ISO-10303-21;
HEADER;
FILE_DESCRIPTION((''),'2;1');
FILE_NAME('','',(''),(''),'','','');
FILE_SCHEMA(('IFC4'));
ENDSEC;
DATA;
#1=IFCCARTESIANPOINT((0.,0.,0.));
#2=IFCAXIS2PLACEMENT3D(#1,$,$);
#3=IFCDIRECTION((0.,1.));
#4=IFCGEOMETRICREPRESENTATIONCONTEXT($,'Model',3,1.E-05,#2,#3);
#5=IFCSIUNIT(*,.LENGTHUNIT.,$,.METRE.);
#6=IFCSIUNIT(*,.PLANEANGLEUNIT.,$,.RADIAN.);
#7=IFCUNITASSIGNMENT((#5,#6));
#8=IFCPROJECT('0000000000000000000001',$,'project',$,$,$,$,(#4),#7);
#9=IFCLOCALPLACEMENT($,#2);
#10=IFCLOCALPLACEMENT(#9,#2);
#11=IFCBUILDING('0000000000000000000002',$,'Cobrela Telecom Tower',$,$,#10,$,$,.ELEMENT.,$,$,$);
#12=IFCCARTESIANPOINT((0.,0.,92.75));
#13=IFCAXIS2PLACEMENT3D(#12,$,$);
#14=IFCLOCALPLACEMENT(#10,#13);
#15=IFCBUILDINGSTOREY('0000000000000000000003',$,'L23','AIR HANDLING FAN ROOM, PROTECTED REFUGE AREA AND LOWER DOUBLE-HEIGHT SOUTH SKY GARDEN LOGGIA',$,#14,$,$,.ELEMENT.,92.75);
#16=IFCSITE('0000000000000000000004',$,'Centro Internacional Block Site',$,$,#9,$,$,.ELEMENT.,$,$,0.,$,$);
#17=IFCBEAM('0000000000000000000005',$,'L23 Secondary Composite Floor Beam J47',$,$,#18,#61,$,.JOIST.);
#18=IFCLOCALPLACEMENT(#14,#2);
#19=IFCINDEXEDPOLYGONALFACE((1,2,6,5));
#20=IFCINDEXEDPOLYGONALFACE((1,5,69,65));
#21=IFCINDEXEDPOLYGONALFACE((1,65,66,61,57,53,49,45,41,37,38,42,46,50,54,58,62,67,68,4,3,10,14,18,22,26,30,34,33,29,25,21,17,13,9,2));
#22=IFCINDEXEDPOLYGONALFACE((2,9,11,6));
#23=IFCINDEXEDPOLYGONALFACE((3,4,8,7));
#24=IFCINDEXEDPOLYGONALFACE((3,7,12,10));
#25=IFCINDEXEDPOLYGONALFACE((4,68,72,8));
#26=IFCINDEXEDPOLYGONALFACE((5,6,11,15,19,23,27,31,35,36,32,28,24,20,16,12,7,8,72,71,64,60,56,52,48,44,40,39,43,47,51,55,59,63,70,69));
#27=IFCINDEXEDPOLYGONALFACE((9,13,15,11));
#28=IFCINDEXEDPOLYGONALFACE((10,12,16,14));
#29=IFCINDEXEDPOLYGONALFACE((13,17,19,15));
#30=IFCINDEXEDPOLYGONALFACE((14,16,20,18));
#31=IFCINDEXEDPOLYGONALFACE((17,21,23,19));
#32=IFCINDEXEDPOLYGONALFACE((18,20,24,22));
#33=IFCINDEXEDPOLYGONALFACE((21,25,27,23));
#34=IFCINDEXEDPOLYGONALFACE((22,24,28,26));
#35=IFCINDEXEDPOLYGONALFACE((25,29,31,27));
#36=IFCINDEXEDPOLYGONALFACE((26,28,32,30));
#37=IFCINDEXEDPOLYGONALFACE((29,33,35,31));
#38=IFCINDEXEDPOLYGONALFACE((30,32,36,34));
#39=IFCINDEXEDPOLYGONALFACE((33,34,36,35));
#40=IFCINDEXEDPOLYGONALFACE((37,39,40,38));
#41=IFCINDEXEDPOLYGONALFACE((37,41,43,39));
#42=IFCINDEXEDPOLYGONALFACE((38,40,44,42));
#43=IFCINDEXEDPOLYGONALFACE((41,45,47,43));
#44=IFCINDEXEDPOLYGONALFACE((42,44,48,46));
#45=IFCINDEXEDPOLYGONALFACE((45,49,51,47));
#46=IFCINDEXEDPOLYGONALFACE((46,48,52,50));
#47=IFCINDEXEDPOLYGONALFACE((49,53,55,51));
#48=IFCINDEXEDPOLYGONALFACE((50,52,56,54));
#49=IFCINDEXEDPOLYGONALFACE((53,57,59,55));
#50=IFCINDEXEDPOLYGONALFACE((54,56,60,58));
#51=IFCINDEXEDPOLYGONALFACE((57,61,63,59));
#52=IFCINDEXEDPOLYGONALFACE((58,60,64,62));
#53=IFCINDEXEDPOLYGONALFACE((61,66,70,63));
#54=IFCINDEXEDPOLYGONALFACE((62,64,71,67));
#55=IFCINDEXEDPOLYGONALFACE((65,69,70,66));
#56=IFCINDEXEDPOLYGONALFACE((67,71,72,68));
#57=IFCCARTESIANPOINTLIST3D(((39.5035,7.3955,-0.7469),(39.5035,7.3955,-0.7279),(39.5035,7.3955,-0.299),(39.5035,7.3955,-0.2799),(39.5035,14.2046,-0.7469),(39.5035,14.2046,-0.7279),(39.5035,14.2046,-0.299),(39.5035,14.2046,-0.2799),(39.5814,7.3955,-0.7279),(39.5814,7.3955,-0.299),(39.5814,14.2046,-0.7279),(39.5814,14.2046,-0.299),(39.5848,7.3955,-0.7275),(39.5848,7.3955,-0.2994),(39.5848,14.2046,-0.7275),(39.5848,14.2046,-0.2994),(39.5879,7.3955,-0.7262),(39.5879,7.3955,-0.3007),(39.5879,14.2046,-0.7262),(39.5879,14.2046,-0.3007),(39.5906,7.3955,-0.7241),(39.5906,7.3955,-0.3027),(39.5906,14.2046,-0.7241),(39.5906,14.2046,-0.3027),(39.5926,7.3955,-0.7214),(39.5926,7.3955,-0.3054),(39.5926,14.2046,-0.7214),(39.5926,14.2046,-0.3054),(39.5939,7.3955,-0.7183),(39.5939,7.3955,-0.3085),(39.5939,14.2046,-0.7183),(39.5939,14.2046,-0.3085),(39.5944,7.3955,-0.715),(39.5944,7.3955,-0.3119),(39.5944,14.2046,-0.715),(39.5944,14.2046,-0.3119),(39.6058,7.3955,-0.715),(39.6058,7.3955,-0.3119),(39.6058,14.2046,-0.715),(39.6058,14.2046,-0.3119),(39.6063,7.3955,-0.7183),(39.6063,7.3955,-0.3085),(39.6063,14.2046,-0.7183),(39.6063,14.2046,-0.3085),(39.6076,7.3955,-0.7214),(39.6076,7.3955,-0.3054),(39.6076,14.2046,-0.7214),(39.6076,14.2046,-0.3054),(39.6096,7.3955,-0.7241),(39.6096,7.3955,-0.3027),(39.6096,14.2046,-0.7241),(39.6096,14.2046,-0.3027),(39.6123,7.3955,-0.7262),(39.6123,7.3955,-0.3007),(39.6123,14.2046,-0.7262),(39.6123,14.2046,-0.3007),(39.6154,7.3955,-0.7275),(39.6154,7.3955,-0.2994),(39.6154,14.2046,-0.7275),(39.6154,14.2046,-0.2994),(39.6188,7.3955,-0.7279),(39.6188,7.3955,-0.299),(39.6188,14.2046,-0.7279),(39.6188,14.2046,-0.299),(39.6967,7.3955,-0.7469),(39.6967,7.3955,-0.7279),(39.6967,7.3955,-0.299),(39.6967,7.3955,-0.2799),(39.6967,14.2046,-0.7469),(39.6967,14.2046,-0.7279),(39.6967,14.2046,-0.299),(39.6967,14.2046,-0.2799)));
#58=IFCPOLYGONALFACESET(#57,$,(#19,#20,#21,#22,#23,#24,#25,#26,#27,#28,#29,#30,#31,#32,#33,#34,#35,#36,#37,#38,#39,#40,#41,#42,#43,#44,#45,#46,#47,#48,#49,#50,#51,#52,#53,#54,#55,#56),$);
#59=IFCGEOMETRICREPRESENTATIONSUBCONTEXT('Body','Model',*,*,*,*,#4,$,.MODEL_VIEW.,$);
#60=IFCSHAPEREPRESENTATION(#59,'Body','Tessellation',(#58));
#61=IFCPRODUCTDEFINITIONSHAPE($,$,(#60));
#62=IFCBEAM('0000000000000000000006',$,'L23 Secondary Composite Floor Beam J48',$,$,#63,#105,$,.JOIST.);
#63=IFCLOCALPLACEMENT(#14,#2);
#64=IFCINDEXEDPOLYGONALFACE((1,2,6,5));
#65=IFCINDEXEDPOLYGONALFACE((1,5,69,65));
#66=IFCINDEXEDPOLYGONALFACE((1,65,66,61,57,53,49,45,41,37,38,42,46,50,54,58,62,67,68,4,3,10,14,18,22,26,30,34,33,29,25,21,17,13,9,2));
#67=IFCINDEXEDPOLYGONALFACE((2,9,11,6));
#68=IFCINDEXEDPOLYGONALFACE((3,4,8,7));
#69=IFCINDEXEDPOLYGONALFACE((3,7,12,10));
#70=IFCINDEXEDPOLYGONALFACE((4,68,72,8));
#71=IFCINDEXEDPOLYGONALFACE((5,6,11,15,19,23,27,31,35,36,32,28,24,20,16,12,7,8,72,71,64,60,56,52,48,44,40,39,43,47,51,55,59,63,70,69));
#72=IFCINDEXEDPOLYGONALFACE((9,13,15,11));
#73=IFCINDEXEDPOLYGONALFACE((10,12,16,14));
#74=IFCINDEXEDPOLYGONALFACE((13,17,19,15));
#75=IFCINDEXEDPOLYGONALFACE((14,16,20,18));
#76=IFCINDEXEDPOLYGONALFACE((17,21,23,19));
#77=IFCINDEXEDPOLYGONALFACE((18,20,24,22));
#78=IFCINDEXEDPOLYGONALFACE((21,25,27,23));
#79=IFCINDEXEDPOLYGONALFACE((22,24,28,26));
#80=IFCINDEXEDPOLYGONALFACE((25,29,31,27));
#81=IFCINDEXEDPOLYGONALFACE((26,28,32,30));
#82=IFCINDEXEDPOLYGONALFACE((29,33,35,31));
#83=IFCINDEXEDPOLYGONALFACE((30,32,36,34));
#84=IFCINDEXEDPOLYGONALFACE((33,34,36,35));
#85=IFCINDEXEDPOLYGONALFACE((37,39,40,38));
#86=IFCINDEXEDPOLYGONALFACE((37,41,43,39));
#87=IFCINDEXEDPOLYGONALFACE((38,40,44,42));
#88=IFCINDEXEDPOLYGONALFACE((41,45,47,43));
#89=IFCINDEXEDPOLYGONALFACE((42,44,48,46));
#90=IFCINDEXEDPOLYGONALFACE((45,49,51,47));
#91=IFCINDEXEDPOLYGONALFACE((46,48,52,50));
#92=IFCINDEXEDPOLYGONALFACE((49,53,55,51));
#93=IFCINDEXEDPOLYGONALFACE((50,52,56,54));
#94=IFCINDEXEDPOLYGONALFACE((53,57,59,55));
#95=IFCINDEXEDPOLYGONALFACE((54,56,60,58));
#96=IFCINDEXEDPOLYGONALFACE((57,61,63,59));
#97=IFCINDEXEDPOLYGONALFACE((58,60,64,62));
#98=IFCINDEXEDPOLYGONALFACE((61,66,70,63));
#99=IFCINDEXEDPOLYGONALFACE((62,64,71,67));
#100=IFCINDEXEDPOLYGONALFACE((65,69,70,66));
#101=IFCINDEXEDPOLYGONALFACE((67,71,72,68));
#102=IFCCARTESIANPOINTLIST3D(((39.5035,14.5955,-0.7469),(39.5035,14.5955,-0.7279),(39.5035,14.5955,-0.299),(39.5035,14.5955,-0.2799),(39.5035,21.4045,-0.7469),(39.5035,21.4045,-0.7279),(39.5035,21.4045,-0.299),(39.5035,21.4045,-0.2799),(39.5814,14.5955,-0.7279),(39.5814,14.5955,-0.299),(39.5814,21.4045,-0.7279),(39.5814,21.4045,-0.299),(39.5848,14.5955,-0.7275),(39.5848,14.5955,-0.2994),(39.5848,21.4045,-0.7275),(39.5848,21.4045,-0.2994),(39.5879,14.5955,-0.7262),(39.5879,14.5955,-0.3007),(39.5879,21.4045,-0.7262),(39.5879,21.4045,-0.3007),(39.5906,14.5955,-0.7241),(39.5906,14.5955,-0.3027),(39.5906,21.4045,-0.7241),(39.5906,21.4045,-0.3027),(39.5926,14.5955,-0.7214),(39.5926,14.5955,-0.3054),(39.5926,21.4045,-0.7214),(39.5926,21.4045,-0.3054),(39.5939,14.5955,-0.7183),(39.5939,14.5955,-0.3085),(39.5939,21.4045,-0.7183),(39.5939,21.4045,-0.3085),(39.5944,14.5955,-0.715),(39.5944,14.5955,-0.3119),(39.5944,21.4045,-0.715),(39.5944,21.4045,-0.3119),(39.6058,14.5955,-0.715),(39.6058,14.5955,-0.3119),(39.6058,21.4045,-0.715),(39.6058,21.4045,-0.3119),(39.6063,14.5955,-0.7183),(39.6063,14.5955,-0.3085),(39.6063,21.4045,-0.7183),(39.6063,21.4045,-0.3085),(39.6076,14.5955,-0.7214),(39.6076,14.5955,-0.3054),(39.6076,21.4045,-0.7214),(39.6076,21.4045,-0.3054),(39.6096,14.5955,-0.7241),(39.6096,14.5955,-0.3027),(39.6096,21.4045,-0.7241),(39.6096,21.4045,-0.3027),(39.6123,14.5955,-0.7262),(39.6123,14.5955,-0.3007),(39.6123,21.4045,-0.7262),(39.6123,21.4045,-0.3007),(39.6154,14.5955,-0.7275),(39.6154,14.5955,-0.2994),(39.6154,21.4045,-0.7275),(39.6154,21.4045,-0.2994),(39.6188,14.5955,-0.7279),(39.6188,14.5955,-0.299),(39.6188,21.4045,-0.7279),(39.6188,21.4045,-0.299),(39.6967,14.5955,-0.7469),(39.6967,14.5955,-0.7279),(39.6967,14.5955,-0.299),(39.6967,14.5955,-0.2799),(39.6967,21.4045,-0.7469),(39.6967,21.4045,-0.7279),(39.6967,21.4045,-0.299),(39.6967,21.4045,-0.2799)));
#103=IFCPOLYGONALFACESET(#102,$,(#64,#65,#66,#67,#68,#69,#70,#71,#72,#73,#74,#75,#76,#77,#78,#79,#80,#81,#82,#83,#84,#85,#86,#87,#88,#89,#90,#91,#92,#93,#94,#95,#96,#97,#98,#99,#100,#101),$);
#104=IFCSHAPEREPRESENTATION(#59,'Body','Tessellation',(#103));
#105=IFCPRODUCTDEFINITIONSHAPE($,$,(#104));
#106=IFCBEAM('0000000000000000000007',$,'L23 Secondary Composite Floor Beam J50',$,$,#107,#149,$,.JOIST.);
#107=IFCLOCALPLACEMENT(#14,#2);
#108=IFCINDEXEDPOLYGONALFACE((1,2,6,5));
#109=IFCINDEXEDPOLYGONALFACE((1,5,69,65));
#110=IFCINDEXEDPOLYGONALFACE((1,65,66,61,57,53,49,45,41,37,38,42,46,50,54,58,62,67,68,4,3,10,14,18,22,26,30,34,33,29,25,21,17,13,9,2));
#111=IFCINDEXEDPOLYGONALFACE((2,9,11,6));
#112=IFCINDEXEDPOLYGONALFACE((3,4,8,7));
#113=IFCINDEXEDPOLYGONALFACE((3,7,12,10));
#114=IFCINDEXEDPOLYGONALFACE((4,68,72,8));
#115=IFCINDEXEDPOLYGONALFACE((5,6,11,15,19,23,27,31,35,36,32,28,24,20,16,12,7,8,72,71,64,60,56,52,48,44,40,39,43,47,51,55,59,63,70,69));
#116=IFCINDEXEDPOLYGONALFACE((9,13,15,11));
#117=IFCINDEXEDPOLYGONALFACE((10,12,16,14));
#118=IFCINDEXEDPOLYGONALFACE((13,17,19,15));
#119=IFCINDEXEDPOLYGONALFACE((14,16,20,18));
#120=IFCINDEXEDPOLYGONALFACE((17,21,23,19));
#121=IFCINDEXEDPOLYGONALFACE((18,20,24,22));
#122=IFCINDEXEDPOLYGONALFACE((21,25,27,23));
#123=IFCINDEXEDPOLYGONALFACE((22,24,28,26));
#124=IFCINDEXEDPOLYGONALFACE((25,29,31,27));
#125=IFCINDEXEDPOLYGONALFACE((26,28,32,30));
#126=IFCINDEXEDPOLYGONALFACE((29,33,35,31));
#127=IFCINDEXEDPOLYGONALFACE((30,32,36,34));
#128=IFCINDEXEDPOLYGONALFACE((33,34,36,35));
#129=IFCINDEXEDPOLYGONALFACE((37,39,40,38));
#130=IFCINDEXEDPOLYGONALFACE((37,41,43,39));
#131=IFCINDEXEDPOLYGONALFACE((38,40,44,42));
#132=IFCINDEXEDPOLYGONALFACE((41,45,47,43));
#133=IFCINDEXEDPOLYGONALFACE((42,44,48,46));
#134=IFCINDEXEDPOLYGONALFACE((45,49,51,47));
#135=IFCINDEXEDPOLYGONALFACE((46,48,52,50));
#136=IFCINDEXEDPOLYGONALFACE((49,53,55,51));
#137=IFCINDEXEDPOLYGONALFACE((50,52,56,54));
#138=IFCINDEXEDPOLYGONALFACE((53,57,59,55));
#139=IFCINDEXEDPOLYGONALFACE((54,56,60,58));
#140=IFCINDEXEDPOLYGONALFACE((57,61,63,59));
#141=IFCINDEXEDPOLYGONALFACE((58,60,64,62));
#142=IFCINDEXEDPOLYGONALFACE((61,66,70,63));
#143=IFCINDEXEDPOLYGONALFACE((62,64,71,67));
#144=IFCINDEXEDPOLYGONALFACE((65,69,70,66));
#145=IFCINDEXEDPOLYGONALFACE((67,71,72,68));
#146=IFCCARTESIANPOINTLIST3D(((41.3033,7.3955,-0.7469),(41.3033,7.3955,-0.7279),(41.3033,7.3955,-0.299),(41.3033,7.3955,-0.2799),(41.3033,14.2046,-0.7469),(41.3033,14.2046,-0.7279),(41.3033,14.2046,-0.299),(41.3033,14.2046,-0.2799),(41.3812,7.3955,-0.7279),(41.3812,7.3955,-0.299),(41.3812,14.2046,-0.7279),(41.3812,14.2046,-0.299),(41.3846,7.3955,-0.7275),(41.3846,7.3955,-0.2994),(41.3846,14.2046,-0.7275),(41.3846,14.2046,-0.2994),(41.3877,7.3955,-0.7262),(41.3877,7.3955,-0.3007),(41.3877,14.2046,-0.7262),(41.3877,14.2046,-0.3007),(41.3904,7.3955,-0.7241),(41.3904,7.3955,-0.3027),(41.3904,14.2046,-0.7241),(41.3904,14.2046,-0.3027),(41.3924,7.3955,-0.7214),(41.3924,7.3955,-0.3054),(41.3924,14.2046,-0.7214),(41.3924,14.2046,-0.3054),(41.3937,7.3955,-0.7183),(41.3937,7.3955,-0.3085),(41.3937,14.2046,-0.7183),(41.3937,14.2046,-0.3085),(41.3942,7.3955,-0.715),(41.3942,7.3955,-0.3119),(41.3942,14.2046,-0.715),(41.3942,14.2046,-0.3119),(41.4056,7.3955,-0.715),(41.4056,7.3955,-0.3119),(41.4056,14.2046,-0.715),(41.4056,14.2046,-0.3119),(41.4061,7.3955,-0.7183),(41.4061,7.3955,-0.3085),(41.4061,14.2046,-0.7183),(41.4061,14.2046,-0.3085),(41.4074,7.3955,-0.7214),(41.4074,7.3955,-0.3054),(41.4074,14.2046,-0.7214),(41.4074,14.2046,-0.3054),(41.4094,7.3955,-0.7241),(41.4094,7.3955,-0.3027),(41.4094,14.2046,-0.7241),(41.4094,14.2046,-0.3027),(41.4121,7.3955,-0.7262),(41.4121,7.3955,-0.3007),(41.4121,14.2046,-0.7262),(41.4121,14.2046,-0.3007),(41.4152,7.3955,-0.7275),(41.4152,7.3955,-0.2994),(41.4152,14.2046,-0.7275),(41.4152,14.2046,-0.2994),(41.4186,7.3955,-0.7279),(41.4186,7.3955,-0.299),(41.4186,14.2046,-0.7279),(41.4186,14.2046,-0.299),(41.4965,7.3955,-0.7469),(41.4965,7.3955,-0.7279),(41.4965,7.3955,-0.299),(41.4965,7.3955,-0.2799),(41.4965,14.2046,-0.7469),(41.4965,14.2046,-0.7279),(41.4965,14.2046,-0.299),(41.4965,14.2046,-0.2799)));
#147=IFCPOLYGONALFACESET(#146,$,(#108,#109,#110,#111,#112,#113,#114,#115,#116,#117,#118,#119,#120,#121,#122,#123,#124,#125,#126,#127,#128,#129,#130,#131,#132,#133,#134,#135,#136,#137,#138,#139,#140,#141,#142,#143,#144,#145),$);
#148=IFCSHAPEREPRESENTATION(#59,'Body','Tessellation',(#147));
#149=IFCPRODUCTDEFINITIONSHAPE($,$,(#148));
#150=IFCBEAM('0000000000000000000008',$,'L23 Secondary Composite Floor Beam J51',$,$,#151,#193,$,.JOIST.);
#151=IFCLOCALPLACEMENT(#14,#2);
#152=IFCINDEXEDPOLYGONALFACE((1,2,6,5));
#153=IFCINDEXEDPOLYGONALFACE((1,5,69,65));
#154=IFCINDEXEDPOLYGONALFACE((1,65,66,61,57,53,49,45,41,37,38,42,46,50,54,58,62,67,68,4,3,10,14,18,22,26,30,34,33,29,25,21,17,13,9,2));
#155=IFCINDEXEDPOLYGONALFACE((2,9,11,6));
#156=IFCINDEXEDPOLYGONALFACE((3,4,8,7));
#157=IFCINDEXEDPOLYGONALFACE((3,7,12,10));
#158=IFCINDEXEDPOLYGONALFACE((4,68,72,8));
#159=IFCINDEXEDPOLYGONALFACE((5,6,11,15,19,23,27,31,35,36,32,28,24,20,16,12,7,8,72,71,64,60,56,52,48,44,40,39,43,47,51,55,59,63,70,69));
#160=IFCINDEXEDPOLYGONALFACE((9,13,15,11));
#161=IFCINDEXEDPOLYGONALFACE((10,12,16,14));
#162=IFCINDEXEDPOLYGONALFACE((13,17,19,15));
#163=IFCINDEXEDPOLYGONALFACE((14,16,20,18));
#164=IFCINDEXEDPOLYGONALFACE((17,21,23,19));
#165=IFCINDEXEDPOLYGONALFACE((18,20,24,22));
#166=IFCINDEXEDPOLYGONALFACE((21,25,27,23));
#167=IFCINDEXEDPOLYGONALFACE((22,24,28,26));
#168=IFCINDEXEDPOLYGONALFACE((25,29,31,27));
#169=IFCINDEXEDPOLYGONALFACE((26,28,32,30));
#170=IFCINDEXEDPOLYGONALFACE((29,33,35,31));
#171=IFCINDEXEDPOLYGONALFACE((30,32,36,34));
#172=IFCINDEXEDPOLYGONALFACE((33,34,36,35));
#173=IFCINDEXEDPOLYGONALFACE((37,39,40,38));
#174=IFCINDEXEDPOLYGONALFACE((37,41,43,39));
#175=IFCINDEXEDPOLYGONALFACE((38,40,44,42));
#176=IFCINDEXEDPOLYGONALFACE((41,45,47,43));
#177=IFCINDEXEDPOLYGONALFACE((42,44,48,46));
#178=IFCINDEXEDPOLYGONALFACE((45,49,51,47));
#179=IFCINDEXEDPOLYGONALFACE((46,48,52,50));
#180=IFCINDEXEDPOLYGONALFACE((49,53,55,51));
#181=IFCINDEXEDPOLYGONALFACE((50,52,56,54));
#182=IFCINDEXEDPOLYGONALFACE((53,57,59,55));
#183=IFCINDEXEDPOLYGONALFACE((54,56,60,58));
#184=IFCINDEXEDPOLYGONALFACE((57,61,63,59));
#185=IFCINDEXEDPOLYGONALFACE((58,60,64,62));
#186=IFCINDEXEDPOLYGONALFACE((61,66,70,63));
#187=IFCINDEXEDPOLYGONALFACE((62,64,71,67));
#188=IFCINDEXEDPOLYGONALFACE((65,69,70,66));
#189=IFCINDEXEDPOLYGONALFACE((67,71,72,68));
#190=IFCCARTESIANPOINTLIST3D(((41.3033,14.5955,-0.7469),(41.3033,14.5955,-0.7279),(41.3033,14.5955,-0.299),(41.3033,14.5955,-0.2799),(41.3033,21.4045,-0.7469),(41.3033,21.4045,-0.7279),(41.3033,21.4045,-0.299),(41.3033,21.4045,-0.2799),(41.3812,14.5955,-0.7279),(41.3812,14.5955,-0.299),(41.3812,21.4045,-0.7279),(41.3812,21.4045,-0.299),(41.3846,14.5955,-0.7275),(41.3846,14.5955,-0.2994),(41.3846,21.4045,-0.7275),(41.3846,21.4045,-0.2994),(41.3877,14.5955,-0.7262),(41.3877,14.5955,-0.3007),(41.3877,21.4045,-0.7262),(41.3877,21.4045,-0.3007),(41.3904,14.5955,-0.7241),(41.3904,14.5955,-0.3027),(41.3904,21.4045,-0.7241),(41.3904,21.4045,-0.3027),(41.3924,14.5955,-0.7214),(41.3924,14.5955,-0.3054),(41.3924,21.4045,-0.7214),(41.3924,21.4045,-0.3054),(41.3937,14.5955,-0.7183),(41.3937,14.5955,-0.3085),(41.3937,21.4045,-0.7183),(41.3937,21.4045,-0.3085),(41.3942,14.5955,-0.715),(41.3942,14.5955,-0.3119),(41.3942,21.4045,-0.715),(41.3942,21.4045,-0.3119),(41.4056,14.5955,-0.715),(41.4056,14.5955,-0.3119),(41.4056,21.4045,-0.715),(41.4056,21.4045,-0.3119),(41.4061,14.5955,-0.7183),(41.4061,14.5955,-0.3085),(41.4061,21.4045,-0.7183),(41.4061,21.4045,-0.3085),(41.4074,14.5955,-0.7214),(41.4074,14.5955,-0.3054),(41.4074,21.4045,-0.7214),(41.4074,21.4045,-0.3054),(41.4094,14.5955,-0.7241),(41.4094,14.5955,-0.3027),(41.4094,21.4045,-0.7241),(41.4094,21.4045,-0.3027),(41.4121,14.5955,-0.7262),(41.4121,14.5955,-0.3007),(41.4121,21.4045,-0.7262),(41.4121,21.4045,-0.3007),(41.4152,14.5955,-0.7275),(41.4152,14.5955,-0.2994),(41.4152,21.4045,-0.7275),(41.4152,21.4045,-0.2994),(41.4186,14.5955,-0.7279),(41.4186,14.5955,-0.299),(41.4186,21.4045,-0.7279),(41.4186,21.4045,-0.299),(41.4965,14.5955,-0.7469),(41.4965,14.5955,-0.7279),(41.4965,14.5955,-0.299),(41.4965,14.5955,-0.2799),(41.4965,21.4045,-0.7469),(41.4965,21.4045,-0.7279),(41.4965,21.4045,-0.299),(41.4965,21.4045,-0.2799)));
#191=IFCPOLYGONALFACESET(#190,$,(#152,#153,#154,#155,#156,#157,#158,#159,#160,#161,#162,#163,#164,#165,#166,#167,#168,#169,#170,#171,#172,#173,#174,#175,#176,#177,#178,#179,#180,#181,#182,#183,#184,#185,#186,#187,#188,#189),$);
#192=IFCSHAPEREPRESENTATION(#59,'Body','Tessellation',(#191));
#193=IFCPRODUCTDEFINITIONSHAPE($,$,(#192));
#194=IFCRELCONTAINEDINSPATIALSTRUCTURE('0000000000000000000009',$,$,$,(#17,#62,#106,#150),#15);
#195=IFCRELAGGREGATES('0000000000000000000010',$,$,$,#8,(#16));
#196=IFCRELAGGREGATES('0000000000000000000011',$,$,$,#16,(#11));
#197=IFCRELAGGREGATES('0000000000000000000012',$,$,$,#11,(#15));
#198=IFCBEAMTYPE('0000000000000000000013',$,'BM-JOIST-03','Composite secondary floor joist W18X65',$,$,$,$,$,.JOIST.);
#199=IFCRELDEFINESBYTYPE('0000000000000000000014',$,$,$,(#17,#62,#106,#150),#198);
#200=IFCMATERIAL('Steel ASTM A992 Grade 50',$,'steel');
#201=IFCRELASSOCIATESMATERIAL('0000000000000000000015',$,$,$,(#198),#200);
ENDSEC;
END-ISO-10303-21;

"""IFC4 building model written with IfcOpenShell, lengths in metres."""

from ifc_helpers import new_model, si_unit, direction, frame, origin, origin_2d, place, context, subcontext, project, spatial, i_section, extrude, material, material_profile, profile_set, type_object, element, save


model = new_model("IFC4")

# Units and contexts
model_context = context("Model", 3, precision=1e-05, world=origin(), true_north=direction((0.0, 1.0)))
body_context = subcontext(model_context, "Body", "Model", "MODEL_VIEW")
ifc_project = project(units=[si_unit("LENGTHUNIT", "METRE"), si_unit("PLANEANGLEUNIT", "RADIAN")], contexts=[model_context])

# Site, building, storey
site_placement = place(None, origin())
site = spatial("IfcSite", under=ifc_project, at=site_placement, Name="Centro Internacional Block Site", CompositionType="ELEMENT", RefElevation=0.0)
building_placement = place(site_placement, origin())
building = spatial("IfcBuilding", under=site, at=building_placement, Name="Cobrela Telecom Tower", CompositionType="ELEMENT")
storey_placement = place(building_placement, frame((0.0, 0.0, 92.75)))
storey = spatial("IfcBuildingStorey", under=building, at=storey_placement, Name="L23", Description="AIR HANDLING FAN ROOM, PROTECTED REFUGE AREA AND LOWER DOUBLE-HEIGHT SOUTH SKY GARDEN LOGGIA", CompositionType="ELEMENT", Elevation=92.75)

# Shared definitions
ifc_material_1 = material(Name="Steel ASTM A992 Grade 50", Category="steel")

# Beams
ifc_material_profile_1 = material_profile(ifc_material_1, i_section(OverallWidth=0.1931, OverallDepth=0.467, WebThickness=0.0115, FlangeThickness=0.019, FilletRadius=0.0129, at=origin_2d()), Name="W18X65")
ifc_profile_set_1 = profile_set([ifc_material_profile_1], Name="Steel ASTM A992 Grade 50")
beam_type_1 = type_object("IfcBeamType", Name="BM-JOIST-03", Description="Composite secondary floor joist W18X65", PredefinedType="JOIST", material=ifc_profile_set_1)
for number, where, z_axis, x_axis, name in (
    (1, (39.6001, 7.3955, -0.5134), (0.0, 1.0, 0.0), (-1.0, 0.0, 0.0), "L23 Secondary Composite Floor Beam J47"),
    (2, (39.6001, 14.5955, -0.5134), (0.0, 1.0, 0.0), (-1.0, 0.0, 0.0), "L23 Secondary Composite Floor Beam J48"),
    (3, (41.3999, 7.3955, -0.5134), (0.0, 1.0, 0.0), (-1.0, 0.0, 0.0), "L23 Secondary Composite Floor Beam J50"),
    (4, (41.3999, 14.5955, -0.5134), (0.0, 1.0, 0.0), (-1.0, 0.0, 0.0), "L23 Secondary Composite Floor Beam J51"),
):
    element("IfcBeam", number, at=place(storey_placement, frame(where, z_axis=z_axis, x_axis=x_axis)), inside=storey, type_object=beam_type_1, Name=name, PredefinedType="JOIST", context=body_context, shape_type="SweptSolid", body=[
        extrude(i_section(OverallWidth=0.1931, OverallDepth=0.467, WebThickness=0.0115, FlangeThickness=0.019, FilletRadius=0.0129, at=origin_2d()), origin(), (0.0, 0.0, 1.0), 6.8091),
    ])

save(model, "model.ifc")
